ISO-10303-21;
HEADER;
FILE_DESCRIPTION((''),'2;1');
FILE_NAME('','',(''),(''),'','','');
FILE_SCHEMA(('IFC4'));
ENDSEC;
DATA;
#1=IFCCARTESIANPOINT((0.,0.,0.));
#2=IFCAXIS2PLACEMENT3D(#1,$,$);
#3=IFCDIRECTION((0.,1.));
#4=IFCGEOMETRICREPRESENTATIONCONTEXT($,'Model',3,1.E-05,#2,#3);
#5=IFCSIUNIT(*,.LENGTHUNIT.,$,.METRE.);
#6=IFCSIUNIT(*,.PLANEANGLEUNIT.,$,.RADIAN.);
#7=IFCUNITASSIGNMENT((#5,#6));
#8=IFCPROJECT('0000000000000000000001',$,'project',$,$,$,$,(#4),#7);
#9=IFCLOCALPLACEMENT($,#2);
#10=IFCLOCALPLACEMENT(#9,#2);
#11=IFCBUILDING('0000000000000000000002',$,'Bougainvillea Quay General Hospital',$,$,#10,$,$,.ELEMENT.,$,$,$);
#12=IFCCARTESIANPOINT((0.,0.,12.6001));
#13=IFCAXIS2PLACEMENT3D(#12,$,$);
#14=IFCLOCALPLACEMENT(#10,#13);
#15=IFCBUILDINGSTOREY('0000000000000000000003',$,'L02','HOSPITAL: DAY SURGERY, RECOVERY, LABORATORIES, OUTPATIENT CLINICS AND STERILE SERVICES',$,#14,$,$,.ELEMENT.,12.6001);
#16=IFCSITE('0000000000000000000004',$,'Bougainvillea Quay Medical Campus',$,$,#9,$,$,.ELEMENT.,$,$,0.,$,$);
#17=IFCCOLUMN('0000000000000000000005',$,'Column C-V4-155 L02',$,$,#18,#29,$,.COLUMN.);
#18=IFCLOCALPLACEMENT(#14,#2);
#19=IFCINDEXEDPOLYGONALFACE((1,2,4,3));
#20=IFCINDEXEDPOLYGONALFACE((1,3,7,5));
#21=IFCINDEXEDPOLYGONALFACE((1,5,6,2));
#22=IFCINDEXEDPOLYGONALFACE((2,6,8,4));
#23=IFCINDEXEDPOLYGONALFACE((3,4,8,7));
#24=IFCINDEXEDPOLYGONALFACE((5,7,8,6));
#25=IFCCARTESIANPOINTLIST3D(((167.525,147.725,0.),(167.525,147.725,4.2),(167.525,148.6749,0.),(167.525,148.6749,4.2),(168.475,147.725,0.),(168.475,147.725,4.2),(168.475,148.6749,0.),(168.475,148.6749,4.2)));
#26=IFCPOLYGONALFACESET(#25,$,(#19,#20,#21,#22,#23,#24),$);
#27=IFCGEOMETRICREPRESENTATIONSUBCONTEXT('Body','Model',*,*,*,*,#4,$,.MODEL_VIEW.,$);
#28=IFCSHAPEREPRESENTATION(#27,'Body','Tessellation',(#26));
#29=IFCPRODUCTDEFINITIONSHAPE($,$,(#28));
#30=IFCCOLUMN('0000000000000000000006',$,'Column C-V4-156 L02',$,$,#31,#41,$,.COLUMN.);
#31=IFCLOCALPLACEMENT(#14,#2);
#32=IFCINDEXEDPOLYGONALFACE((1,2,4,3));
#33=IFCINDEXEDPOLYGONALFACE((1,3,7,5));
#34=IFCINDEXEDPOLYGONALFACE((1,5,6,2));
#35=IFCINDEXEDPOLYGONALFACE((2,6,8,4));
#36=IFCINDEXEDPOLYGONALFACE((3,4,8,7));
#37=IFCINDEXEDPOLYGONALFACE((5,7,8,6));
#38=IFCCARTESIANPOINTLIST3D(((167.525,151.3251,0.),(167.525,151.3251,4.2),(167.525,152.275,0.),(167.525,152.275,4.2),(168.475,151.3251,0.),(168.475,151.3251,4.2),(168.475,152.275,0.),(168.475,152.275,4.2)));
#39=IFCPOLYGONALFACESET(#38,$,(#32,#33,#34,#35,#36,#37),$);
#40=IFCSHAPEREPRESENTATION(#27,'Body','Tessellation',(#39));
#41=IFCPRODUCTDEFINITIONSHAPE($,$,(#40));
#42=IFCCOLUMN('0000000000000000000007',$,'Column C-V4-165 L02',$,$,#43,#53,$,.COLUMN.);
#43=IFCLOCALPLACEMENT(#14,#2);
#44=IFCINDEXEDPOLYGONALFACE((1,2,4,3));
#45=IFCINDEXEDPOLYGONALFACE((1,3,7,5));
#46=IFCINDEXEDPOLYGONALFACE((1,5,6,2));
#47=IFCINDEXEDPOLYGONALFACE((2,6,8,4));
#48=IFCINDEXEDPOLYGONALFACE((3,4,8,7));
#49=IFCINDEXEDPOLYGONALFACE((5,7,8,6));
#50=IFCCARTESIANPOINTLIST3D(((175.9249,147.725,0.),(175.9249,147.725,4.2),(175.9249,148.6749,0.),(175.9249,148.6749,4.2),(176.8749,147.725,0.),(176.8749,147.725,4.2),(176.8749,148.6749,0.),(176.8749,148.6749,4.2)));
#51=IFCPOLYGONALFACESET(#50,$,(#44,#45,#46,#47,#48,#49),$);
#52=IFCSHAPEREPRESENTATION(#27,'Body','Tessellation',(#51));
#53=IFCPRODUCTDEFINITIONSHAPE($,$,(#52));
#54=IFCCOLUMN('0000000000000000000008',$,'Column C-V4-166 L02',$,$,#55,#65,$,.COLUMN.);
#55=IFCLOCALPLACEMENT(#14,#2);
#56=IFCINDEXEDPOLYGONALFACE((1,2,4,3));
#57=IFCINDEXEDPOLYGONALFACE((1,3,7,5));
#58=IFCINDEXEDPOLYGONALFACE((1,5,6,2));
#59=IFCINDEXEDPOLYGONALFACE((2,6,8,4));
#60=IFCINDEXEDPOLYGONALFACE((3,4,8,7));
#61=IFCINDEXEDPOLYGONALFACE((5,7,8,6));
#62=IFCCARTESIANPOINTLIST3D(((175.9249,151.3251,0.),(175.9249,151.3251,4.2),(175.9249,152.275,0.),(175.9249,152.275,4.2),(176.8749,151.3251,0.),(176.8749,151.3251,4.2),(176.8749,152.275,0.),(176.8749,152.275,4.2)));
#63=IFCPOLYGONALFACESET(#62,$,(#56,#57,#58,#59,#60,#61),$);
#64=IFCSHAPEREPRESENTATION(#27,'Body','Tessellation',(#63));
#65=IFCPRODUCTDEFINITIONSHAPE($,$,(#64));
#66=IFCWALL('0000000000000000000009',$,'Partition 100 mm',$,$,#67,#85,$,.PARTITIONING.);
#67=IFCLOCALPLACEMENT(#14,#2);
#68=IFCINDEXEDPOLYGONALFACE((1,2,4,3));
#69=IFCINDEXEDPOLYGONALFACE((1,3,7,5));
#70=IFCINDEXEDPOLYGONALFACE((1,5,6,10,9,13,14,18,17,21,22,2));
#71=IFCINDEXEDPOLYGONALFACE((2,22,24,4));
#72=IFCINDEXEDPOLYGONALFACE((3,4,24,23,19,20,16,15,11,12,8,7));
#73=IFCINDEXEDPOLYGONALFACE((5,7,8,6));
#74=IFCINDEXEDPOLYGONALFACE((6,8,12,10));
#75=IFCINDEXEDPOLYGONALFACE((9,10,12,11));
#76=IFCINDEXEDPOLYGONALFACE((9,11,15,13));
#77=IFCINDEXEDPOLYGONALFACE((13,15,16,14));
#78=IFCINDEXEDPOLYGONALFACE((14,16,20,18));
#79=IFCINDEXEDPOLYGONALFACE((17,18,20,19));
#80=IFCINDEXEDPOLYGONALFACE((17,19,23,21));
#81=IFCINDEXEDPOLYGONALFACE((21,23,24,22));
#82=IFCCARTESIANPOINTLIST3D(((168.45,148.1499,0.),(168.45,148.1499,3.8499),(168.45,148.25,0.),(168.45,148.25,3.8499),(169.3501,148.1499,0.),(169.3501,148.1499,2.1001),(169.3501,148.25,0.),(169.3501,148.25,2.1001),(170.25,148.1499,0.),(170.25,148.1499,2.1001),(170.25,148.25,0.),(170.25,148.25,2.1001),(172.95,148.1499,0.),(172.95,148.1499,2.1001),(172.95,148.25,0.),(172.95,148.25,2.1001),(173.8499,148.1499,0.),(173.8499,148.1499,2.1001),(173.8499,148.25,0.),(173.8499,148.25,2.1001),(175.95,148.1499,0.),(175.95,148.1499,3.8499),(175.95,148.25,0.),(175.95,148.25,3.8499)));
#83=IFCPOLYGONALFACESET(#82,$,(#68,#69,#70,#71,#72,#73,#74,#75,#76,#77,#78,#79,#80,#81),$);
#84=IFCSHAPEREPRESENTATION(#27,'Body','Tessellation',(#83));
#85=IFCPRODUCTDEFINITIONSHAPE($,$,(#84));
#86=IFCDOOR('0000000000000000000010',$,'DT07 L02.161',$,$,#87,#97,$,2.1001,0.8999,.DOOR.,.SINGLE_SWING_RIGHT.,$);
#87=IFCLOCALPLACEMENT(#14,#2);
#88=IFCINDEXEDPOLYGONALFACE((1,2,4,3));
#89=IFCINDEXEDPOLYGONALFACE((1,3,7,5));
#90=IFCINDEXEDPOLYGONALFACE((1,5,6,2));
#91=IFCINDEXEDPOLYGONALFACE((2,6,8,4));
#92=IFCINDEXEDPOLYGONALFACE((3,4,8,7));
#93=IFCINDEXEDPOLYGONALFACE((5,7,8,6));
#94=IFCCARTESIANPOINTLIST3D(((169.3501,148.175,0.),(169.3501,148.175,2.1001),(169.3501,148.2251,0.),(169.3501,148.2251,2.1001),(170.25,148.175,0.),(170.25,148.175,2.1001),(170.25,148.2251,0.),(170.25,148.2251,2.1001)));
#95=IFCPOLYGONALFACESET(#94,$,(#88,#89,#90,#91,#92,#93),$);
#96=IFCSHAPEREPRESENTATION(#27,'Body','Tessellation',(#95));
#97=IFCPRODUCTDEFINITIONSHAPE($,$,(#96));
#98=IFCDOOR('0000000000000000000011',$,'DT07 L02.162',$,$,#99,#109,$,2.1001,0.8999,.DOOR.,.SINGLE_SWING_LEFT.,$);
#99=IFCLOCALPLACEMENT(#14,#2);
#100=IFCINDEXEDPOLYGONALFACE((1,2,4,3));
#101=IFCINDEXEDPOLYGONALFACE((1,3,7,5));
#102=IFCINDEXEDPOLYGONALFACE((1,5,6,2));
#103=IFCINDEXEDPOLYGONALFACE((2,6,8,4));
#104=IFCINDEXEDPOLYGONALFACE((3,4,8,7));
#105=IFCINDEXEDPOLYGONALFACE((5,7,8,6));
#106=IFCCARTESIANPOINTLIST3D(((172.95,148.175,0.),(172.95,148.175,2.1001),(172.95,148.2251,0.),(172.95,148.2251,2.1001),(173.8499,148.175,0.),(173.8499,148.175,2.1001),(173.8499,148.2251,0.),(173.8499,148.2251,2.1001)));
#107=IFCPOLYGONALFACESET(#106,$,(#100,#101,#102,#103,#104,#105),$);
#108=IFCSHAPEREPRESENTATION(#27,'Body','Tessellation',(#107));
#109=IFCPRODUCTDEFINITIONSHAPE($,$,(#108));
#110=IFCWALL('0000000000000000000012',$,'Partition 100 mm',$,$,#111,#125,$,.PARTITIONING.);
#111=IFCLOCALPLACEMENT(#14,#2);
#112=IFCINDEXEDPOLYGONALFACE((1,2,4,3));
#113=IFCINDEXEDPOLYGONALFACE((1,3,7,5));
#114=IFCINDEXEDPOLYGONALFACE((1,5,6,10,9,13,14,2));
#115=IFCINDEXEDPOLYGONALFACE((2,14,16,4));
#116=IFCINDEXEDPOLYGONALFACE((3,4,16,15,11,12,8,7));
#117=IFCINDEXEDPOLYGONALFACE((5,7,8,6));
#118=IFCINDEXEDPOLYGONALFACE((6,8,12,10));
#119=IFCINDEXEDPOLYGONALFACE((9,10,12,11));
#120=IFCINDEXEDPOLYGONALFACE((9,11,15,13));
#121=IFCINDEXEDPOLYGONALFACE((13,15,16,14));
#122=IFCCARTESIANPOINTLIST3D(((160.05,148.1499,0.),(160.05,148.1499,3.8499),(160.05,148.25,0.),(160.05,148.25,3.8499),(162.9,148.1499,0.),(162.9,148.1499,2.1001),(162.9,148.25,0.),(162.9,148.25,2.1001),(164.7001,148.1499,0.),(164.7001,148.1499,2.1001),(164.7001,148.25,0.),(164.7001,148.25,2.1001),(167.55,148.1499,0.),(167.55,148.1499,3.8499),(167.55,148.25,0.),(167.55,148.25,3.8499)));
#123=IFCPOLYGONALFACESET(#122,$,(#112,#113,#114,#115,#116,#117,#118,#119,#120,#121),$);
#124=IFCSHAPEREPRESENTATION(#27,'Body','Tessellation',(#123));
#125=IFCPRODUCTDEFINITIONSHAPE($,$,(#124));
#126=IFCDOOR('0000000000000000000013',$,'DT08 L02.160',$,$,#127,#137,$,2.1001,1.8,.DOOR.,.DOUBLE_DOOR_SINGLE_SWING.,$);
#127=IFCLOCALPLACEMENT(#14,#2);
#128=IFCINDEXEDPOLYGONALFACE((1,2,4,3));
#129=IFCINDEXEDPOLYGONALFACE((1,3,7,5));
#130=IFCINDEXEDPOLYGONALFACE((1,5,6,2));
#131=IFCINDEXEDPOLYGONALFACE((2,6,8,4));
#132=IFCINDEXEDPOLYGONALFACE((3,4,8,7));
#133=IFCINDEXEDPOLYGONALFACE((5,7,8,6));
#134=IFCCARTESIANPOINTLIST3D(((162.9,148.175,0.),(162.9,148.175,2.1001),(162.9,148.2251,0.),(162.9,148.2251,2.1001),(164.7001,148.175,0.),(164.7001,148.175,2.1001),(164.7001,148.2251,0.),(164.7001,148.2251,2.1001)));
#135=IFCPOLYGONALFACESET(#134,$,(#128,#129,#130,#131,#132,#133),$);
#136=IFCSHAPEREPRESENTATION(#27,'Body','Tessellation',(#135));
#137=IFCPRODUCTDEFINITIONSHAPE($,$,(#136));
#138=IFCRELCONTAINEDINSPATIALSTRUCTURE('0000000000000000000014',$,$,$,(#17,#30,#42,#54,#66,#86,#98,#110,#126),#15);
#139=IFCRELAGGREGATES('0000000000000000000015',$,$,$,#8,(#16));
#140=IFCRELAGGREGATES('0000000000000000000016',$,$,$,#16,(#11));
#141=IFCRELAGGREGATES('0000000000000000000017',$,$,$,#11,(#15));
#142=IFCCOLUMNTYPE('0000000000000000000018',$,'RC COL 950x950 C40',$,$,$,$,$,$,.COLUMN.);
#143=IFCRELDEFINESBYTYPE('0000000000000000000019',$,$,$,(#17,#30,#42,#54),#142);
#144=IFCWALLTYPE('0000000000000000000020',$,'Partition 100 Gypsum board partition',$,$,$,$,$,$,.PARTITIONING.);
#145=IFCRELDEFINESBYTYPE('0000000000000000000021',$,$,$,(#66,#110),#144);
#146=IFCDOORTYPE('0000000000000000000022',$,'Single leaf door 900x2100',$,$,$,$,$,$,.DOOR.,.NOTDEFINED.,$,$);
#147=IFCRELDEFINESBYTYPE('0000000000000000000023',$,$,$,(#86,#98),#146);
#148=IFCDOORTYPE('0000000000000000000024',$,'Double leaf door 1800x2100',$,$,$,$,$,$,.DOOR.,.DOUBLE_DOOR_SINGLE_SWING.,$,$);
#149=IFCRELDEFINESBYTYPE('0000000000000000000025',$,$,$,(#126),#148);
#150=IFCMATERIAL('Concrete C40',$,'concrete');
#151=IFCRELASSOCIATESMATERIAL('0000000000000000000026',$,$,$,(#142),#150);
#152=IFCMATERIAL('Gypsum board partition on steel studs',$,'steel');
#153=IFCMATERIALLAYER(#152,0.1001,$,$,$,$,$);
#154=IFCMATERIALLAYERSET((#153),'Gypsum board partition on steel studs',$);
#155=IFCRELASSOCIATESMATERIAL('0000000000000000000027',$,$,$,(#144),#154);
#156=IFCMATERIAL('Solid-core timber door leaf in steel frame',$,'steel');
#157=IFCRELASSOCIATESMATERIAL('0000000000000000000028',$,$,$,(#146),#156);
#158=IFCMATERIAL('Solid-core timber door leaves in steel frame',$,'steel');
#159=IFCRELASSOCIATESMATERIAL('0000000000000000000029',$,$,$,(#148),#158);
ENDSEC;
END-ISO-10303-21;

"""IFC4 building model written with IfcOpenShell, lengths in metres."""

from ifc_helpers import new_model, si_unit, direction, frame, frame_2d, origin, origin_2d, place, context, subcontext, project, spatial, rectangle, extrude, material, layer, layer_set, material_profile, profile_set, type_object, element, fill, save


model = new_model("IFC4")

# Units and contexts
model_context = context("Model", 3, precision=1e-05, world=origin(), true_north=direction((0.0, 1.0)))
body_context = subcontext(model_context, "Body", "Model", "MODEL_VIEW")
ifc_project = project(units=[si_unit("LENGTHUNIT", "METRE"), si_unit("PLANEANGLEUNIT", "RADIAN")], contexts=[model_context])

# Site, building, storey
site_placement = place(None, origin())
site = spatial("IfcSite", under=ifc_project, at=site_placement, Name="Bougainvillea Quay Medical Campus", CompositionType="ELEMENT", RefElevation=0.0)
building_placement = place(site_placement, origin())
building = spatial("IfcBuilding", under=site, at=building_placement, Name="Bougainvillea Quay General Hospital", CompositionType="ELEMENT")
storey_placement = place(building_placement, frame((0.0, 0.0, 12.6001)))
storey = spatial("IfcBuildingStorey", under=building, at=storey_placement, Name="L02", Description="HOSPITAL: DAY SURGERY, RECOVERY, LABORATORIES, OUTPATIENT CLINICS AND STERILE SERVICES", CompositionType="ELEMENT", Elevation=12.6001)

# Columns
ifc_material_1 = material(Name="Concrete C40", Category="concrete")
ifc_material_profile = material_profile(ifc_material_1, rectangle(XDim=0.95, YDim=0.95, at=origin_2d()))
ifc_profile_set = profile_set([ifc_material_profile], Name="Concrete C40")
column_type = type_object("IfcColumnType", Name="RC COL 950x950 C40", PredefinedType="COLUMN", material=ifc_profile_set)
for number, where, z_axis, x_axis, name in (
    (1, (168.0, 148.2, 0.0), (0.0, 0.0, 1.0), (1.0, 0.0, 0.0), "Column C-V4-155 L02"),
    (2, (168.0, 151.8, 0.0), (0.0, 0.0, 1.0), (1.0, 0.0, 0.0), "Column C-V4-156 L02"),
    (3, (176.3999, 148.2, 0.0), (0.0, 0.0, 1.0), (1.0, 0.0, 0.0), "Column C-V4-165 L02"),
    (4, (176.3999, 151.8, 0.0), (0.0, 0.0, 1.0), (1.0, 0.0, 0.0), "Column C-V4-166 L02"),
):
    element("IfcColumn", number, at=place(storey_placement, frame(where, z_axis=z_axis, x_axis=x_axis)), inside=storey, type_object=column_type, Name=name, PredefinedType="COLUMN", context=body_context, shape_type="SweptSolid", body=[
        extrude(rectangle(XDim=0.95, YDim=0.95, at=origin_2d()), origin(), (0.0, 0.0, 1.0), 4.2),
    ])

# Wall, openings, doors
ifc_material_2 = material(Name="Gypsum board partition on steel studs", Category="steel")
ifc_layer_1 = layer(ifc_material_2, 0.1001)
ifc_layer_set_1 = layer_set([ifc_layer_1], Name="Gypsum board partition on steel studs")
wall_type_1 = type_object("IfcWallType", Name="Partition 100 Gypsum board partition", PredefinedType="PARTITIONING", material=ifc_layer_set_1)
wall_1_placement = place(storey_placement, frame((175.95, 148.2, 0.0), z_axis=(0.0, 0.0, 1.0), x_axis=(-1.0, 0.0, 0.0)))
wall_1 = element("IfcWall", 5, at=wall_1_placement, inside=storey, type_object=wall_type_1, Name="Partition 100 mm", PredefinedType="PARTITIONING", context=body_context, shape_type="SweptSolid", body=[
    extrude(rectangle(XDim=7.5, YDim=0.1001, at=frame_2d((3.75, 0.0))), origin(), (0.0, 0.0, 1.0), 3.8499),
])
opening_1_placement = place(wall_1_placement, frame((5.7, 0.0, 0.0)))
opening_1 = element("IfcOpeningElement", 6, at=opening_1_placement, cuts=wall_1, PredefinedType="OPENING", context=body_context, shape_type="SweptSolid", body=[
    extrude(rectangle(XDim=0.8999, YDim=2.1001, at=frame_2d((0.45, 1.05))), frame((0.0, 0.0601, 0.0), z_axis=(0.0, -1.0, 0.0), x_axis=(1.0, 0.0, 0.0)), (0.0, 0.0, 1.0), 0.1201),
])
opening_2_placement = place(wall_1_placement, frame((2.1001, 0.0, 0.0)))
opening_2 = element("IfcOpeningElement", 7, at=opening_2_placement, cuts=wall_1, PredefinedType="OPENING", context=body_context, shape_type="SweptSolid", body=[
    extrude(rectangle(XDim=0.8999, YDim=2.1001, at=frame_2d((0.45, 1.05))), frame((0.0, 0.0601, 0.0), z_axis=(0.0, -1.0, 0.0), x_axis=(1.0, 0.0, 0.0)), (0.0, 0.0, 1.0), 0.1201),
])
ifc_material_3 = material(Name="Solid-core timber door leaf in steel frame", Category="steel")
door_type_1 = type_object("IfcDoorType", Name="Single leaf door 900x2100", OperationType="NOTDEFINED", PredefinedType="DOOR", material=ifc_material_3)
door_1_placement = place(opening_1_placement, origin())
door_1 = element("IfcDoor", 8, at=door_1_placement, inside=storey, type_object=door_type_1, Name="DT07 L02.161", OperationType="SINGLE_SWING_RIGHT", OverallHeight=2.1001, OverallWidth=0.8999, PredefinedType="DOOR", context=body_context, shape_type="SweptSolid", body=[
    extrude(rectangle(XDim=0.8999, YDim=2.1001, at=frame_2d((0.45, 1.05))), frame((0.0, 0.0249, 0.0), z_axis=(0.0, -1.0, 0.0), x_axis=(1.0, 0.0, 0.0)), (0.0, 0.0, 1.0), 0.05),
])
fill(opening_1, door_1)
door_2_placement = place(opening_2_placement, origin())
door_2 = element("IfcDoor", 9, at=door_2_placement, inside=storey, type_object=door_type_1, Name="DT07 L02.162", OperationType="SINGLE_SWING_LEFT", OverallHeight=2.1001, OverallWidth=0.8999, PredefinedType="DOOR", context=body_context, shape_type="SweptSolid", body=[
    extrude(rectangle(XDim=0.8999, YDim=2.1001, at=frame_2d((0.45, 1.05))), frame((0.0, 0.0249, 0.0), z_axis=(0.0, -1.0, 0.0), x_axis=(1.0, 0.0, 0.0)), (0.0, 0.0, 1.0), 0.05),
])
fill(opening_2, door_2)

# Wall, opening, door
wall_2_placement = place(storey_placement, frame((167.55, 148.2, 0.0), z_axis=(0.0, 0.0, 1.0), x_axis=(-1.0, 0.0, 0.0)))
wall_2 = element("IfcWall", 10, at=wall_2_placement, inside=storey, type_object=wall_type_1, Name="Partition 100 mm", PredefinedType="PARTITIONING", context=body_context, shape_type="SweptSolid", body=[
    extrude(rectangle(XDim=7.5, YDim=0.1001, at=frame_2d((3.75, 0.0))), origin(), (0.0, 0.0, 1.0), 3.8499),
])
opening_3_placement = place(wall_2_placement, frame((2.8501, 0.0, 0.0)))
opening_3 = element("IfcOpeningElement", 11, at=opening_3_placement, cuts=wall_2, PredefinedType="OPENING", context=body_context, shape_type="SweptSolid", body=[
    extrude(rectangle(XDim=1.8, YDim=2.1001, at=frame_2d((0.8999, 1.05))), frame((0.0, 0.0601, 0.0), z_axis=(0.0, -1.0, 0.0), x_axis=(1.0, 0.0, 0.0)), (0.0, 0.0, 1.0), 0.1201),
])
ifc_material_4 = material(Name="Solid-core timber door leaves in steel frame", Category="steel")
door_type_2 = type_object("IfcDoorType", Name="Double leaf door 1800x2100", OperationType="DOUBLE_DOOR_SINGLE_SWING", PredefinedType="DOOR", material=ifc_material_4)
door_3_placement = place(opening_3_placement, origin())
door_3 = element("IfcDoor", 12, at=door_3_placement, inside=storey, type_object=door_type_2, Name="DT08 L02.160", OperationType="DOUBLE_DOOR_SINGLE_SWING", OverallHeight=2.1001, OverallWidth=1.8, PredefinedType="DOOR", context=body_context, shape_type="SweptSolid", body=[
    extrude(rectangle(XDim=1.8, YDim=2.1001, at=frame_2d((0.8999, 1.05))), frame((0.0, 0.0249, 0.0), z_axis=(0.0, -1.0, 0.0), x_axis=(1.0, 0.0, 0.0)), (0.0, 0.0, 1.0), 0.05),
])
fill(opening_3, door_3)

save(model, "model.ifc")
